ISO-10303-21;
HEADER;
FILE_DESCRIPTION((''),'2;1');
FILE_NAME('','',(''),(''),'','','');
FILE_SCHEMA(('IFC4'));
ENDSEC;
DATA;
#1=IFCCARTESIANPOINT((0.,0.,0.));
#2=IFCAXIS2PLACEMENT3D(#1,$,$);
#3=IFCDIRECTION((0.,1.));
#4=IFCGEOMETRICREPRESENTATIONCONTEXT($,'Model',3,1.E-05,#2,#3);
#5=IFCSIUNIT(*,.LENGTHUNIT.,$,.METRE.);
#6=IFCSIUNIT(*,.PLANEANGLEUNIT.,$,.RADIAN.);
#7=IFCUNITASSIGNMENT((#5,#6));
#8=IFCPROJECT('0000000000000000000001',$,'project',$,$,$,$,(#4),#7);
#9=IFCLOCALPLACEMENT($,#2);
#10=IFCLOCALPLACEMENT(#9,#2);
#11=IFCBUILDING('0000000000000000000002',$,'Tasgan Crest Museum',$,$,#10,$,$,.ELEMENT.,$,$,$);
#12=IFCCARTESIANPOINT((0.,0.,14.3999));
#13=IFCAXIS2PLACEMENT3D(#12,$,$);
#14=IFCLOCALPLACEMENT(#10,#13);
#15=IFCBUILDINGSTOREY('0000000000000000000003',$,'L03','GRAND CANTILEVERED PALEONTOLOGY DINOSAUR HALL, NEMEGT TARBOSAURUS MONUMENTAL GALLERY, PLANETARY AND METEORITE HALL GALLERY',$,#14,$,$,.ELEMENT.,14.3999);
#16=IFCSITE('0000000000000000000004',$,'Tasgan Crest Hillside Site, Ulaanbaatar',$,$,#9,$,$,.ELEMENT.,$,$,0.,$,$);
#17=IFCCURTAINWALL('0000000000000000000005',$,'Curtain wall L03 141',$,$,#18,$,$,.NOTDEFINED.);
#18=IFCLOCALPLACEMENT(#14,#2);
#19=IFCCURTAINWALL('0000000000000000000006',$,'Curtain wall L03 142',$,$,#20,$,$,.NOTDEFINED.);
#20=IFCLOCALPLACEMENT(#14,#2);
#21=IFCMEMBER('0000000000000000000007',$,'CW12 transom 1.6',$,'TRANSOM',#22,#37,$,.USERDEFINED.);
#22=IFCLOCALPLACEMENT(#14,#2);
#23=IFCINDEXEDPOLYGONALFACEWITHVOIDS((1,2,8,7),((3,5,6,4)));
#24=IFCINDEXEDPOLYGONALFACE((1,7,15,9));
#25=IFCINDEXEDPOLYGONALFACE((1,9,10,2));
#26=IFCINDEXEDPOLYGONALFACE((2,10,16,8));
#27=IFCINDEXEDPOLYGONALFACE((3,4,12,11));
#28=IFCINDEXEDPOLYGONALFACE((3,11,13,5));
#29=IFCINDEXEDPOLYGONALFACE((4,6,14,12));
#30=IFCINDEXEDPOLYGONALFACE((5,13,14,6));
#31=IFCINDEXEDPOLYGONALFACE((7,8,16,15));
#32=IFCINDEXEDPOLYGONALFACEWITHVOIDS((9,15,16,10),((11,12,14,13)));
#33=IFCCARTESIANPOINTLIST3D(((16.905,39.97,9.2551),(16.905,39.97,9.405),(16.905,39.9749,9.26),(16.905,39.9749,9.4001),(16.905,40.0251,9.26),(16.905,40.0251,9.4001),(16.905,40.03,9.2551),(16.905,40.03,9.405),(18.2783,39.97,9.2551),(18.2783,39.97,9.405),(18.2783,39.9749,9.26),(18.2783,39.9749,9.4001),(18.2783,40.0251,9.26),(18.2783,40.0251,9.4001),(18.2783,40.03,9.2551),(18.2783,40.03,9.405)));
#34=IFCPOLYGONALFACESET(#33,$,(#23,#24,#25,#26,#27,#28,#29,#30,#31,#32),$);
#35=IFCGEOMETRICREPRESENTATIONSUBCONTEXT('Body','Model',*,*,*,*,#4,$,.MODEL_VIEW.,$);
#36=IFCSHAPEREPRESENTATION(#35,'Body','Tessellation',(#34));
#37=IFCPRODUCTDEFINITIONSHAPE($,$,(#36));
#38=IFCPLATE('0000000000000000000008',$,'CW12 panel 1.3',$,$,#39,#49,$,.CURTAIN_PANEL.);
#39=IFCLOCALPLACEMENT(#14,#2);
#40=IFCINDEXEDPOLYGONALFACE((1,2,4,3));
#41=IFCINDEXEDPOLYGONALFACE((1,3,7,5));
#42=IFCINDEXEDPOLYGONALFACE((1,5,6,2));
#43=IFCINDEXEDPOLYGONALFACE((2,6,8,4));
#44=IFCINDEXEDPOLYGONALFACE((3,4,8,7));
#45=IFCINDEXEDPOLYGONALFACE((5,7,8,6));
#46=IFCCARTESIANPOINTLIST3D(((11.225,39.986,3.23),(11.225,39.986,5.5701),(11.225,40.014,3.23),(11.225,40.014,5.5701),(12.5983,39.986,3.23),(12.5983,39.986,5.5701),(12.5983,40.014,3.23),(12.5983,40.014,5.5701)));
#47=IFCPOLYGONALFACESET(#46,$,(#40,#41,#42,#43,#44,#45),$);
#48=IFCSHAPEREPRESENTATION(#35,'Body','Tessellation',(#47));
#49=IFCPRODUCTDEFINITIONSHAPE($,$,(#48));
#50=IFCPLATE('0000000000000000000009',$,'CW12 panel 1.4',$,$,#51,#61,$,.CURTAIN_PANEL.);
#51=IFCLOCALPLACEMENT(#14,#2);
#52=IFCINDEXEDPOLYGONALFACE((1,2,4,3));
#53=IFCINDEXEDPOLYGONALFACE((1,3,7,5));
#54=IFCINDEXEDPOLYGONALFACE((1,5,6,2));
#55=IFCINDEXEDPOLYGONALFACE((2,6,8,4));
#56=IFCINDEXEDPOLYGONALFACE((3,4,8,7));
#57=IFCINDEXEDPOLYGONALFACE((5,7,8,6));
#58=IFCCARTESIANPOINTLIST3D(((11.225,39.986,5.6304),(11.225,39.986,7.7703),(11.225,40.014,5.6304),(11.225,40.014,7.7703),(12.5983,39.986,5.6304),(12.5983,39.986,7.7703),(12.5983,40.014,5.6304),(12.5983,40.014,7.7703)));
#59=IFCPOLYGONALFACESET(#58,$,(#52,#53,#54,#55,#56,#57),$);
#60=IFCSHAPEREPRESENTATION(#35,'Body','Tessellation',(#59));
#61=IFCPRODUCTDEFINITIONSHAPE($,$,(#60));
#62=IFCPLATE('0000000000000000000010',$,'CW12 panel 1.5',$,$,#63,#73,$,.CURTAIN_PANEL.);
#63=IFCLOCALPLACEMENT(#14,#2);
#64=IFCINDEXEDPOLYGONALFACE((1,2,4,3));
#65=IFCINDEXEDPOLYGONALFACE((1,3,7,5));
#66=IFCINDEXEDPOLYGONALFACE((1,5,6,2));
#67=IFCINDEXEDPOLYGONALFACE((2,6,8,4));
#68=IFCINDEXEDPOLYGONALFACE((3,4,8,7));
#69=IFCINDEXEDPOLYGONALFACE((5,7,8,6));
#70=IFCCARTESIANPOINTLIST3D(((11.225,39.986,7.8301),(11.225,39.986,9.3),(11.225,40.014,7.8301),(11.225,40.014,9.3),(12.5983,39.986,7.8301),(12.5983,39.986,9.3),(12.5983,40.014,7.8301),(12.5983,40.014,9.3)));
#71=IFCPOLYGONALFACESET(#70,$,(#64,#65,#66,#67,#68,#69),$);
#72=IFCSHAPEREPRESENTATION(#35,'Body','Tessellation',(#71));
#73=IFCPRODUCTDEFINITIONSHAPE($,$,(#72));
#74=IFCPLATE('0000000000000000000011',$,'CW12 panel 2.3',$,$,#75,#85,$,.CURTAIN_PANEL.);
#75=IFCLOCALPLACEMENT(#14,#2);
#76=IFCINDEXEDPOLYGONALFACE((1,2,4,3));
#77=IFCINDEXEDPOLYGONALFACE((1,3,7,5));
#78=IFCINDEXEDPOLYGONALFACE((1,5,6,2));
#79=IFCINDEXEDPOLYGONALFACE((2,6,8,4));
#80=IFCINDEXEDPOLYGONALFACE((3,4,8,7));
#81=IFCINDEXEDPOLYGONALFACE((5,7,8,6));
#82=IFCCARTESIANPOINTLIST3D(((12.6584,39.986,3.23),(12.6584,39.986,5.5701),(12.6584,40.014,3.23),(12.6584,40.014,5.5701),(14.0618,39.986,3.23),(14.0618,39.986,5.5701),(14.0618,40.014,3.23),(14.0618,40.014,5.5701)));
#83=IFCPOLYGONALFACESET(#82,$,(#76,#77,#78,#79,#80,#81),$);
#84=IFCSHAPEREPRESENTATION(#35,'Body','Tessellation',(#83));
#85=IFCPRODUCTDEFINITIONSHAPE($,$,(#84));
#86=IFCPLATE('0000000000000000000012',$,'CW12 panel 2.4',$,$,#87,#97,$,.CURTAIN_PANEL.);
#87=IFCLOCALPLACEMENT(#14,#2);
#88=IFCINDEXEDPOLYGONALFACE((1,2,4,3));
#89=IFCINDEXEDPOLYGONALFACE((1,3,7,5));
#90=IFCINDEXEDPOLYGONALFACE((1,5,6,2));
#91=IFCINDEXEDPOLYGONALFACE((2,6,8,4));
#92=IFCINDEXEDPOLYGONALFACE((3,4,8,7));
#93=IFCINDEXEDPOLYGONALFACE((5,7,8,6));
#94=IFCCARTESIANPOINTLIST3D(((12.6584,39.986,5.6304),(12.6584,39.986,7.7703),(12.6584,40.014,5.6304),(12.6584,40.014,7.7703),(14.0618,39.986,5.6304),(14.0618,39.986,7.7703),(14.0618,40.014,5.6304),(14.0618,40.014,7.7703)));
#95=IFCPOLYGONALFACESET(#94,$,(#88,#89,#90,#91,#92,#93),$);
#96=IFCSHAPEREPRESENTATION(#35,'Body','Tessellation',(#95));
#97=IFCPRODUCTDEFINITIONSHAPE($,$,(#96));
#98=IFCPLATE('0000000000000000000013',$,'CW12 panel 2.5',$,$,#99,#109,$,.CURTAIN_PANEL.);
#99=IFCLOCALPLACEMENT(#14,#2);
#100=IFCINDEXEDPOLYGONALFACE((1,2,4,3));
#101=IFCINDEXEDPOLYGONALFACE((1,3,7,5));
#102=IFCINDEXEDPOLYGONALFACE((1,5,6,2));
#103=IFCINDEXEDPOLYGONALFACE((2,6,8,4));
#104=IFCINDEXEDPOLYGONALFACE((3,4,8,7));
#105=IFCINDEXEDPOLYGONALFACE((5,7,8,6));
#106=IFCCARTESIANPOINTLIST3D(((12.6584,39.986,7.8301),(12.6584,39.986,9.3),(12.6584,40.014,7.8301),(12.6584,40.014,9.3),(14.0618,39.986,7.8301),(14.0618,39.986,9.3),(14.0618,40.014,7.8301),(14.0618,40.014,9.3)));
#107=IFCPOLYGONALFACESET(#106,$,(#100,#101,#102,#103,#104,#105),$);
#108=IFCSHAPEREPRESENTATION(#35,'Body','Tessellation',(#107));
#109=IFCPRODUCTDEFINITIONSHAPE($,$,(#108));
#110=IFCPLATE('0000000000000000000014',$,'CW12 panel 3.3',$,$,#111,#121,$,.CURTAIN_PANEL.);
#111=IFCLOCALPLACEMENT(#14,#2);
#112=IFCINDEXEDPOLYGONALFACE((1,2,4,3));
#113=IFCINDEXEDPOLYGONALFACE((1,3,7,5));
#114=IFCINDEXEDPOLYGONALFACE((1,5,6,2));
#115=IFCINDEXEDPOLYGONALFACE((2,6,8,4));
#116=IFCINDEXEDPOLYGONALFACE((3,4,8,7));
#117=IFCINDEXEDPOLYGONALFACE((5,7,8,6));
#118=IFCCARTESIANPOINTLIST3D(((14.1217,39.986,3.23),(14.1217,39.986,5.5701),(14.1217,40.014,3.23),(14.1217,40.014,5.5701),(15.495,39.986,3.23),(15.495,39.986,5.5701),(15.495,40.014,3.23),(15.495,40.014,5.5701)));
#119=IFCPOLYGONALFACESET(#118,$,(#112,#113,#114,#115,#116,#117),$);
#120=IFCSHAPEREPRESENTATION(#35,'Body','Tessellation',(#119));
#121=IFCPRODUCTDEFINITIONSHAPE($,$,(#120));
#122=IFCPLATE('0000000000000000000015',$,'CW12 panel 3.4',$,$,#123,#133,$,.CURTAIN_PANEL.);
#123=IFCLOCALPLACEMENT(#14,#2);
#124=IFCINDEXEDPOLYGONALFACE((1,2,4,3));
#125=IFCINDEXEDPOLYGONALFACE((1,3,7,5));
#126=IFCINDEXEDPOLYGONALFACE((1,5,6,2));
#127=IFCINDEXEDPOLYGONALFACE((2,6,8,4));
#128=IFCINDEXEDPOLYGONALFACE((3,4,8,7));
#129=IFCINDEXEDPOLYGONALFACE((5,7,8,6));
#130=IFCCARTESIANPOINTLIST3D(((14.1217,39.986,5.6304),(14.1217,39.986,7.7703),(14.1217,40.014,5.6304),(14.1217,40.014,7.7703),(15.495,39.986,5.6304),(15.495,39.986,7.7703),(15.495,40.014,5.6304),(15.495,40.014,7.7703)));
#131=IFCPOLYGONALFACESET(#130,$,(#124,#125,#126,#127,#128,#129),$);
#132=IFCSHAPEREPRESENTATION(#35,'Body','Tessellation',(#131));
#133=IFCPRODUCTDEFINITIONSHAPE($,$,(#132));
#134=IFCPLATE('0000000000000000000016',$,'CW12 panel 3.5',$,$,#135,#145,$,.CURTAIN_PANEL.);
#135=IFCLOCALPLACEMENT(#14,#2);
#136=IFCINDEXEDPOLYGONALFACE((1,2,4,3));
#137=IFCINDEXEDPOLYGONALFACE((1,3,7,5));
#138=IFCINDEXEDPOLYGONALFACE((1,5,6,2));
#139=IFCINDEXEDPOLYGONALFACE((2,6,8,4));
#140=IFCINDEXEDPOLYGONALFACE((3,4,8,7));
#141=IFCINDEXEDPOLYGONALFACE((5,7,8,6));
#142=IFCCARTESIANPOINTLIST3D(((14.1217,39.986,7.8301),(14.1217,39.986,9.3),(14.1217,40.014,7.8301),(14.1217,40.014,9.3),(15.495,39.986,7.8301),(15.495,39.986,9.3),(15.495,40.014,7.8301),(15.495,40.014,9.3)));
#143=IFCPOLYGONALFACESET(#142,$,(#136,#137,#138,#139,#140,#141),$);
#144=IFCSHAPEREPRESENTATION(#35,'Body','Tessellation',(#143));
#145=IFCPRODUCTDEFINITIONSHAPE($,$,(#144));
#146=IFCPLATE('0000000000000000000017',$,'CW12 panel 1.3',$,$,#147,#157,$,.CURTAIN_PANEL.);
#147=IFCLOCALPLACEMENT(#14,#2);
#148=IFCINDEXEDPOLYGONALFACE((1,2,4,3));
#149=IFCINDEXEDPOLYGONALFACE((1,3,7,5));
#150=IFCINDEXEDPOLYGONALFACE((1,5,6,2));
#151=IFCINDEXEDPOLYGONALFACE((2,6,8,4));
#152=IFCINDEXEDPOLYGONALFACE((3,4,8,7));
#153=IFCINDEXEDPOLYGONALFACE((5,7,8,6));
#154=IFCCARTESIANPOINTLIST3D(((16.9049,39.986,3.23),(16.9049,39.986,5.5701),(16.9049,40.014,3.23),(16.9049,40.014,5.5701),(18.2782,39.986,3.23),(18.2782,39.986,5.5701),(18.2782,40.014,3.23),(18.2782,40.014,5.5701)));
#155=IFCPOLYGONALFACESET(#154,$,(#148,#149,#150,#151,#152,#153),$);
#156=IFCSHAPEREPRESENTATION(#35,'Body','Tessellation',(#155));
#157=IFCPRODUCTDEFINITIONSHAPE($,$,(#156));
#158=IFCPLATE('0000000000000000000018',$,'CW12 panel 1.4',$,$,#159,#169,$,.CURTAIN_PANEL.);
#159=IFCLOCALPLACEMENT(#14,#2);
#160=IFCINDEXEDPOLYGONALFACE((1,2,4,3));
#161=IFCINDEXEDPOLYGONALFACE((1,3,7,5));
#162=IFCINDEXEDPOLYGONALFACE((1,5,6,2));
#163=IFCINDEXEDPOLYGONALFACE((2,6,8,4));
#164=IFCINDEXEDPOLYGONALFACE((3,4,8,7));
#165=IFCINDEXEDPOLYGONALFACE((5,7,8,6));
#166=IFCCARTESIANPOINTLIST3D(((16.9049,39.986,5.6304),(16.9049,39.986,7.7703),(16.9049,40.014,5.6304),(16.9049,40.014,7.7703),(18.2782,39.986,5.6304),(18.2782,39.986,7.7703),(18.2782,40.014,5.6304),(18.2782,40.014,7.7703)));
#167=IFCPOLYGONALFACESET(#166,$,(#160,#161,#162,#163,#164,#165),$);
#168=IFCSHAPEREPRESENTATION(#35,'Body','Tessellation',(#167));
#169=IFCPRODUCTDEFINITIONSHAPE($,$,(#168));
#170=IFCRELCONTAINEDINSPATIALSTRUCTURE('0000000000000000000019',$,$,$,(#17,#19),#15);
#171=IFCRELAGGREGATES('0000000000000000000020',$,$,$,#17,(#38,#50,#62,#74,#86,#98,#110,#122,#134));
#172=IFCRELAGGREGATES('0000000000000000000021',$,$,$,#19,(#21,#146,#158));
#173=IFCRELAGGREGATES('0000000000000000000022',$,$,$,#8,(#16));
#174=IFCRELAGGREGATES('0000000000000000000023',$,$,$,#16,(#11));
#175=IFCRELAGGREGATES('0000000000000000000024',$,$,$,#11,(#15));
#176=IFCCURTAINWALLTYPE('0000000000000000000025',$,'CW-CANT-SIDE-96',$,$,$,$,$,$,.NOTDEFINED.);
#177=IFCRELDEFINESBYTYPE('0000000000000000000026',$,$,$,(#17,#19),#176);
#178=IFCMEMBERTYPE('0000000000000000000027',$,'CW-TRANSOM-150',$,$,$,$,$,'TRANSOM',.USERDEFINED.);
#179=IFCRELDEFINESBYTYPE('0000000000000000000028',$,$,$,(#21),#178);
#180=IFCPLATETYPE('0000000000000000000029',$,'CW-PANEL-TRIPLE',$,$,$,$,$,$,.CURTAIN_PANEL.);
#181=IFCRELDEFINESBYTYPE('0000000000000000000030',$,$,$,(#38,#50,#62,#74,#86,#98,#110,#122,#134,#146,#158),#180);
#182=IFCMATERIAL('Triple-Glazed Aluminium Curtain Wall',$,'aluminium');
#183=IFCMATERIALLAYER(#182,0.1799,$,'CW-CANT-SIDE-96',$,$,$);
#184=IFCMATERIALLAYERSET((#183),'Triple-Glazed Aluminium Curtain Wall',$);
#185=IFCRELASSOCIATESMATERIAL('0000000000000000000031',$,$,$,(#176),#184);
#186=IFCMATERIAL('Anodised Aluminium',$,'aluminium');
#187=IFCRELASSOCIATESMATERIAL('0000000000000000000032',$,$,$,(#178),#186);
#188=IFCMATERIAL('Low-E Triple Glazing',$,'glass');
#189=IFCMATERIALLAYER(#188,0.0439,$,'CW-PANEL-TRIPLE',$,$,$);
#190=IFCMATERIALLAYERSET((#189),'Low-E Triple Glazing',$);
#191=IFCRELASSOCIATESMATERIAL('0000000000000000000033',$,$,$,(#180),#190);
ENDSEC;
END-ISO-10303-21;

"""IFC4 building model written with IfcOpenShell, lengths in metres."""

from ifc_helpers import new_model, si_unit, direction, frame, origin, origin_2d, place, context, subcontext, project, spatial, rectangle, hollow_rectangle, extrude, material, layer, layer_set, material_profile, profile_set, type_object, element, aggregate, save


model = new_model("IFC4")

# Units and contexts
model_context = context("Model", 3, precision=1e-05, world=origin(), true_north=direction((0.0, 1.0)))
body_context = subcontext(model_context, "Body", "Model", "MODEL_VIEW")
ifc_project = project(units=[si_unit("LENGTHUNIT", "METRE"), si_unit("PLANEANGLEUNIT", "RADIAN")], contexts=[model_context])

# Site, building, storey
site_placement = place(None, origin())
site = spatial("IfcSite", under=ifc_project, at=site_placement, Name="Tasgan Crest Hillside Site, Ulaanbaatar", CompositionType="ELEMENT", RefElevation=0.0)
building_placement = place(site_placement, origin())
building = spatial("IfcBuilding", under=site, at=building_placement, Name="Tasgan Crest Museum", CompositionType="ELEMENT")
storey_placement = place(building_placement, frame((0.0, 0.0, 14.3999)))
storey = spatial("IfcBuildingStorey", under=building, at=storey_placement, Name="L03", Description="GRAND CANTILEVERED PALEONTOLOGY DINOSAUR HALL, NEMEGT TARBOSAURUS MONUMENTAL GALLERY, PLANETARY AND METEORITE HALL GALLERY", CompositionType="ELEMENT", Elevation=14.3999)

# Curtain walls, member
ifc_material_1 = material(Name="Triple-Glazed Aluminium Curtain Wall", Category="aluminium")
ifc_layer_1 = layer(ifc_material_1, 0.1799, Name="CW-CANT-SIDE-96")
ifc_layer_set_1 = layer_set([ifc_layer_1], Name="Triple-Glazed Aluminium Curtain Wall")
curtain_wall_type = type_object("IfcCurtainWallType", Name="CW-CANT-SIDE-96", PredefinedType="NOTDEFINED", material=ifc_layer_set_1)
curtain_wall_1_placement = place(storey_placement, origin())
curtain_wall_1 = element("IfcCurtainWall", 1, at=curtain_wall_1_placement, inside=storey, type_object=curtain_wall_type, Name="Curtain wall L03 141", PredefinedType="NOTDEFINED")
ifc_material_2 = material(Name="Anodised Aluminium", Category="aluminium")
ifc_material_profile = material_profile(ifc_material_2, hollow_rectangle(XDim=0.0601, YDim=0.1499, WallThickness=0.0049, at=origin_2d()), Name="ALU TRANSOM 150x60x5")
ifc_profile_set = profile_set([ifc_material_profile], Name="Anodised Aluminium")
member_type = type_object("IfcMemberType", Name="CW-TRANSOM-150", ElementType="TRANSOM", PredefinedType="USERDEFINED", material=ifc_profile_set)
curtain_wall_2_placement = place(storey_placement, origin())
curtain_wall_2 = element("IfcCurtainWall", 2, at=curtain_wall_2_placement, inside=storey, type_object=curtain_wall_type, Name="Curtain wall L03 142", PredefinedType="NOTDEFINED")
member_1_placement = place(storey_placement, frame((16.905, 40.0, 9.3301), z_axis=(1.0, 0.0, 0.0), x_axis=(0.0, 1.0, 0.0)))
member_1 = element("IfcMember", 3, at=member_1_placement, type_object=member_type, Name="CW12 transom 1.6", ObjectType="TRANSOM", PredefinedType="USERDEFINED", context=body_context, shape_type="SweptSolid", body=[
    extrude(hollow_rectangle(XDim=0.0601, YDim=0.1499, WallThickness=0.0049, at=origin_2d()), origin(), (0.0, 0.0, 1.0), 1.3733),
])

# Plates
ifc_material_3 = material(Name="Low-E Triple Glazing", Category="glass")
ifc_layer_2 = layer(ifc_material_3, 0.0439, Name="CW-PANEL-TRIPLE")
ifc_layer_set_2 = layer_set([ifc_layer_2], Name="Low-E Triple Glazing")
plate_type = type_object("IfcPlateType", Name="CW-PANEL-TRIPLE", PredefinedType="CURTAIN_PANEL", material=ifc_layer_set_2)
plate_1_placement = place(storey_placement, frame((11.9116, 40.0, 3.23), z_axis=(0.0, 0.0, 1.0), x_axis=(1.0, 0.0, 0.0)))
plate_1 = element("IfcPlate", 4, at=plate_1_placement, type_object=plate_type, Name="CW12 panel 1.3", PredefinedType="CURTAIN_PANEL", context=body_context, shape_type="SweptSolid", body=[
    extrude(rectangle(XDim=1.3733, YDim=0.0281, at=origin_2d()), origin(), (0.0, 0.0, 1.0), 2.3401),
])
plate_2_placement = place(storey_placement, frame((11.9116, 40.0, 5.6304), z_axis=(0.0, 0.0, 1.0), x_axis=(1.0, 0.0, 0.0)))
plate_2 = element("IfcPlate", 5, at=plate_2_placement, type_object=plate_type, Name="CW12 panel 1.4", PredefinedType="CURTAIN_PANEL", context=body_context, shape_type="SweptSolid", body=[
    extrude(rectangle(XDim=1.3733, YDim=0.0281, at=origin_2d()), origin(), (0.0, 0.0, 1.0), 2.1399),
])
plate_3_placement = place(storey_placement, frame((11.9116, 40.0, 7.8301), z_axis=(0.0, 0.0, 1.0), x_axis=(1.0, 0.0, 0.0)))
plate_3 = element("IfcPlate", 6, at=plate_3_placement, type_object=plate_type, Name="CW12 panel 1.5", PredefinedType="CURTAIN_PANEL", context=body_context, shape_type="SweptSolid", body=[
    extrude(rectangle(XDim=1.3733, YDim=0.0281, at=origin_2d()), origin(), (0.0, 0.0, 1.0), 1.47),
])
plate_4_placement = place(storey_placement, frame((13.3601, 40.0, 3.23), z_axis=(0.0, 0.0, 1.0), x_axis=(1.0, 0.0, 0.0)))
plate_4 = element("IfcPlate", 7, at=plate_4_placement, type_object=plate_type, Name="CW12 panel 2.3", PredefinedType="CURTAIN_PANEL", context=body_context, shape_type="SweptSolid", body=[
    extrude(rectangle(XDim=1.4033, YDim=0.0281, at=origin_2d()), origin(), (0.0, 0.0, 1.0), 2.3401),
])
plate_5_placement = place(storey_placement, frame((13.3601, 40.0, 5.6304), z_axis=(0.0, 0.0, 1.0), x_axis=(1.0, 0.0, 0.0)))
plate_5 = element("IfcPlate", 8, at=plate_5_placement, type_object=plate_type, Name="CW12 panel 2.4", PredefinedType="CURTAIN_PANEL", context=body_context, shape_type="SweptSolid", body=[
    extrude(rectangle(XDim=1.4033, YDim=0.0281, at=origin_2d()), origin(), (0.0, 0.0, 1.0), 2.1399),
])
plate_6_placement = place(storey_placement, frame((13.3601, 40.0, 7.8301), z_axis=(0.0, 0.0, 1.0), x_axis=(1.0, 0.0, 0.0)))
plate_6 = element("IfcPlate", 9, at=plate_6_placement, type_object=plate_type, Name="CW12 panel 2.5", PredefinedType="CURTAIN_PANEL", context=body_context, shape_type="SweptSolid", body=[
    extrude(rectangle(XDim=1.4033, YDim=0.0281, at=origin_2d()), origin(), (0.0, 0.0, 1.0), 1.47),
])
plate_7_placement = place(storey_placement, frame((14.8083, 40.0, 3.23), z_axis=(0.0, 0.0, 1.0), x_axis=(1.0, 0.0, 0.0)))
plate_7 = element("IfcPlate", 10, at=plate_7_placement, type_object=plate_type, Name="CW12 panel 3.3", PredefinedType="CURTAIN_PANEL", context=body_context, shape_type="SweptSolid", body=[
    extrude(rectangle(XDim=1.3733, YDim=0.0281, at=origin_2d()), origin(), (0.0, 0.0, 1.0), 2.3401),
])
plate_8_placement = place(storey_placement, frame((14.8083, 40.0, 5.6304), z_axis=(0.0, 0.0, 1.0), x_axis=(1.0, 0.0, 0.0)))
plate_8 = element("IfcPlate", 11, at=plate_8_placement, type_object=plate_type, Name="CW12 panel 3.4", PredefinedType="CURTAIN_PANEL", context=body_context, shape_type="SweptSolid", body=[
    extrude(rectangle(XDim=1.3733, YDim=0.0281, at=origin_2d()), origin(), (0.0, 0.0, 1.0), 2.1399),
])
plate_9_placement = place(storey_placement, frame((14.8083, 40.0, 7.8301), z_axis=(0.0, 0.0, 1.0), x_axis=(1.0, 0.0, 0.0)))
plate_9 = element("IfcPlate", 12, at=plate_9_placement, type_object=plate_type, Name="CW12 panel 3.5", PredefinedType="CURTAIN_PANEL", context=body_context, shape_type="SweptSolid", body=[
    extrude(rectangle(XDim=1.3733, YDim=0.0281, at=origin_2d()), origin(), (0.0, 0.0, 1.0), 1.47),
])
aggregate(curtain_wall_1, [plate_1, plate_2, plate_3, plate_4, plate_5, plate_6, plate_7, plate_8, plate_9])
plate_10_placement = place(storey_placement, frame((17.5916, 40.0, 3.23), z_axis=(0.0, 0.0, 1.0), x_axis=(1.0, 0.0, 0.0)))
plate_10 = element("IfcPlate", 13, at=plate_10_placement, type_object=plate_type, Name="CW12 panel 1.3", PredefinedType="CURTAIN_PANEL", context=body_context, shape_type="SweptSolid", body=[
    extrude(rectangle(XDim=1.3733, YDim=0.0281, at=origin_2d()), origin(), (0.0, 0.0, 1.0), 2.3401),
])
plate_11_placement = place(storey_placement, frame((17.5916, 40.0, 5.6304), z_axis=(0.0, 0.0, 1.0), x_axis=(1.0, 0.0, 0.0)))
plate_11 = element("IfcPlate", 14, at=plate_11_placement, type_object=plate_type, Name="CW12 panel 1.4", PredefinedType="CURTAIN_PANEL", context=body_context, shape_type="SweptSolid", body=[
    extrude(rectangle(XDim=1.3733, YDim=0.0281, at=origin_2d()), origin(), (0.0, 0.0, 1.0), 2.1399),
])
aggregate(curtain_wall_2, [member_1, plate_10, plate_11])

save(model, "model.ifc")
